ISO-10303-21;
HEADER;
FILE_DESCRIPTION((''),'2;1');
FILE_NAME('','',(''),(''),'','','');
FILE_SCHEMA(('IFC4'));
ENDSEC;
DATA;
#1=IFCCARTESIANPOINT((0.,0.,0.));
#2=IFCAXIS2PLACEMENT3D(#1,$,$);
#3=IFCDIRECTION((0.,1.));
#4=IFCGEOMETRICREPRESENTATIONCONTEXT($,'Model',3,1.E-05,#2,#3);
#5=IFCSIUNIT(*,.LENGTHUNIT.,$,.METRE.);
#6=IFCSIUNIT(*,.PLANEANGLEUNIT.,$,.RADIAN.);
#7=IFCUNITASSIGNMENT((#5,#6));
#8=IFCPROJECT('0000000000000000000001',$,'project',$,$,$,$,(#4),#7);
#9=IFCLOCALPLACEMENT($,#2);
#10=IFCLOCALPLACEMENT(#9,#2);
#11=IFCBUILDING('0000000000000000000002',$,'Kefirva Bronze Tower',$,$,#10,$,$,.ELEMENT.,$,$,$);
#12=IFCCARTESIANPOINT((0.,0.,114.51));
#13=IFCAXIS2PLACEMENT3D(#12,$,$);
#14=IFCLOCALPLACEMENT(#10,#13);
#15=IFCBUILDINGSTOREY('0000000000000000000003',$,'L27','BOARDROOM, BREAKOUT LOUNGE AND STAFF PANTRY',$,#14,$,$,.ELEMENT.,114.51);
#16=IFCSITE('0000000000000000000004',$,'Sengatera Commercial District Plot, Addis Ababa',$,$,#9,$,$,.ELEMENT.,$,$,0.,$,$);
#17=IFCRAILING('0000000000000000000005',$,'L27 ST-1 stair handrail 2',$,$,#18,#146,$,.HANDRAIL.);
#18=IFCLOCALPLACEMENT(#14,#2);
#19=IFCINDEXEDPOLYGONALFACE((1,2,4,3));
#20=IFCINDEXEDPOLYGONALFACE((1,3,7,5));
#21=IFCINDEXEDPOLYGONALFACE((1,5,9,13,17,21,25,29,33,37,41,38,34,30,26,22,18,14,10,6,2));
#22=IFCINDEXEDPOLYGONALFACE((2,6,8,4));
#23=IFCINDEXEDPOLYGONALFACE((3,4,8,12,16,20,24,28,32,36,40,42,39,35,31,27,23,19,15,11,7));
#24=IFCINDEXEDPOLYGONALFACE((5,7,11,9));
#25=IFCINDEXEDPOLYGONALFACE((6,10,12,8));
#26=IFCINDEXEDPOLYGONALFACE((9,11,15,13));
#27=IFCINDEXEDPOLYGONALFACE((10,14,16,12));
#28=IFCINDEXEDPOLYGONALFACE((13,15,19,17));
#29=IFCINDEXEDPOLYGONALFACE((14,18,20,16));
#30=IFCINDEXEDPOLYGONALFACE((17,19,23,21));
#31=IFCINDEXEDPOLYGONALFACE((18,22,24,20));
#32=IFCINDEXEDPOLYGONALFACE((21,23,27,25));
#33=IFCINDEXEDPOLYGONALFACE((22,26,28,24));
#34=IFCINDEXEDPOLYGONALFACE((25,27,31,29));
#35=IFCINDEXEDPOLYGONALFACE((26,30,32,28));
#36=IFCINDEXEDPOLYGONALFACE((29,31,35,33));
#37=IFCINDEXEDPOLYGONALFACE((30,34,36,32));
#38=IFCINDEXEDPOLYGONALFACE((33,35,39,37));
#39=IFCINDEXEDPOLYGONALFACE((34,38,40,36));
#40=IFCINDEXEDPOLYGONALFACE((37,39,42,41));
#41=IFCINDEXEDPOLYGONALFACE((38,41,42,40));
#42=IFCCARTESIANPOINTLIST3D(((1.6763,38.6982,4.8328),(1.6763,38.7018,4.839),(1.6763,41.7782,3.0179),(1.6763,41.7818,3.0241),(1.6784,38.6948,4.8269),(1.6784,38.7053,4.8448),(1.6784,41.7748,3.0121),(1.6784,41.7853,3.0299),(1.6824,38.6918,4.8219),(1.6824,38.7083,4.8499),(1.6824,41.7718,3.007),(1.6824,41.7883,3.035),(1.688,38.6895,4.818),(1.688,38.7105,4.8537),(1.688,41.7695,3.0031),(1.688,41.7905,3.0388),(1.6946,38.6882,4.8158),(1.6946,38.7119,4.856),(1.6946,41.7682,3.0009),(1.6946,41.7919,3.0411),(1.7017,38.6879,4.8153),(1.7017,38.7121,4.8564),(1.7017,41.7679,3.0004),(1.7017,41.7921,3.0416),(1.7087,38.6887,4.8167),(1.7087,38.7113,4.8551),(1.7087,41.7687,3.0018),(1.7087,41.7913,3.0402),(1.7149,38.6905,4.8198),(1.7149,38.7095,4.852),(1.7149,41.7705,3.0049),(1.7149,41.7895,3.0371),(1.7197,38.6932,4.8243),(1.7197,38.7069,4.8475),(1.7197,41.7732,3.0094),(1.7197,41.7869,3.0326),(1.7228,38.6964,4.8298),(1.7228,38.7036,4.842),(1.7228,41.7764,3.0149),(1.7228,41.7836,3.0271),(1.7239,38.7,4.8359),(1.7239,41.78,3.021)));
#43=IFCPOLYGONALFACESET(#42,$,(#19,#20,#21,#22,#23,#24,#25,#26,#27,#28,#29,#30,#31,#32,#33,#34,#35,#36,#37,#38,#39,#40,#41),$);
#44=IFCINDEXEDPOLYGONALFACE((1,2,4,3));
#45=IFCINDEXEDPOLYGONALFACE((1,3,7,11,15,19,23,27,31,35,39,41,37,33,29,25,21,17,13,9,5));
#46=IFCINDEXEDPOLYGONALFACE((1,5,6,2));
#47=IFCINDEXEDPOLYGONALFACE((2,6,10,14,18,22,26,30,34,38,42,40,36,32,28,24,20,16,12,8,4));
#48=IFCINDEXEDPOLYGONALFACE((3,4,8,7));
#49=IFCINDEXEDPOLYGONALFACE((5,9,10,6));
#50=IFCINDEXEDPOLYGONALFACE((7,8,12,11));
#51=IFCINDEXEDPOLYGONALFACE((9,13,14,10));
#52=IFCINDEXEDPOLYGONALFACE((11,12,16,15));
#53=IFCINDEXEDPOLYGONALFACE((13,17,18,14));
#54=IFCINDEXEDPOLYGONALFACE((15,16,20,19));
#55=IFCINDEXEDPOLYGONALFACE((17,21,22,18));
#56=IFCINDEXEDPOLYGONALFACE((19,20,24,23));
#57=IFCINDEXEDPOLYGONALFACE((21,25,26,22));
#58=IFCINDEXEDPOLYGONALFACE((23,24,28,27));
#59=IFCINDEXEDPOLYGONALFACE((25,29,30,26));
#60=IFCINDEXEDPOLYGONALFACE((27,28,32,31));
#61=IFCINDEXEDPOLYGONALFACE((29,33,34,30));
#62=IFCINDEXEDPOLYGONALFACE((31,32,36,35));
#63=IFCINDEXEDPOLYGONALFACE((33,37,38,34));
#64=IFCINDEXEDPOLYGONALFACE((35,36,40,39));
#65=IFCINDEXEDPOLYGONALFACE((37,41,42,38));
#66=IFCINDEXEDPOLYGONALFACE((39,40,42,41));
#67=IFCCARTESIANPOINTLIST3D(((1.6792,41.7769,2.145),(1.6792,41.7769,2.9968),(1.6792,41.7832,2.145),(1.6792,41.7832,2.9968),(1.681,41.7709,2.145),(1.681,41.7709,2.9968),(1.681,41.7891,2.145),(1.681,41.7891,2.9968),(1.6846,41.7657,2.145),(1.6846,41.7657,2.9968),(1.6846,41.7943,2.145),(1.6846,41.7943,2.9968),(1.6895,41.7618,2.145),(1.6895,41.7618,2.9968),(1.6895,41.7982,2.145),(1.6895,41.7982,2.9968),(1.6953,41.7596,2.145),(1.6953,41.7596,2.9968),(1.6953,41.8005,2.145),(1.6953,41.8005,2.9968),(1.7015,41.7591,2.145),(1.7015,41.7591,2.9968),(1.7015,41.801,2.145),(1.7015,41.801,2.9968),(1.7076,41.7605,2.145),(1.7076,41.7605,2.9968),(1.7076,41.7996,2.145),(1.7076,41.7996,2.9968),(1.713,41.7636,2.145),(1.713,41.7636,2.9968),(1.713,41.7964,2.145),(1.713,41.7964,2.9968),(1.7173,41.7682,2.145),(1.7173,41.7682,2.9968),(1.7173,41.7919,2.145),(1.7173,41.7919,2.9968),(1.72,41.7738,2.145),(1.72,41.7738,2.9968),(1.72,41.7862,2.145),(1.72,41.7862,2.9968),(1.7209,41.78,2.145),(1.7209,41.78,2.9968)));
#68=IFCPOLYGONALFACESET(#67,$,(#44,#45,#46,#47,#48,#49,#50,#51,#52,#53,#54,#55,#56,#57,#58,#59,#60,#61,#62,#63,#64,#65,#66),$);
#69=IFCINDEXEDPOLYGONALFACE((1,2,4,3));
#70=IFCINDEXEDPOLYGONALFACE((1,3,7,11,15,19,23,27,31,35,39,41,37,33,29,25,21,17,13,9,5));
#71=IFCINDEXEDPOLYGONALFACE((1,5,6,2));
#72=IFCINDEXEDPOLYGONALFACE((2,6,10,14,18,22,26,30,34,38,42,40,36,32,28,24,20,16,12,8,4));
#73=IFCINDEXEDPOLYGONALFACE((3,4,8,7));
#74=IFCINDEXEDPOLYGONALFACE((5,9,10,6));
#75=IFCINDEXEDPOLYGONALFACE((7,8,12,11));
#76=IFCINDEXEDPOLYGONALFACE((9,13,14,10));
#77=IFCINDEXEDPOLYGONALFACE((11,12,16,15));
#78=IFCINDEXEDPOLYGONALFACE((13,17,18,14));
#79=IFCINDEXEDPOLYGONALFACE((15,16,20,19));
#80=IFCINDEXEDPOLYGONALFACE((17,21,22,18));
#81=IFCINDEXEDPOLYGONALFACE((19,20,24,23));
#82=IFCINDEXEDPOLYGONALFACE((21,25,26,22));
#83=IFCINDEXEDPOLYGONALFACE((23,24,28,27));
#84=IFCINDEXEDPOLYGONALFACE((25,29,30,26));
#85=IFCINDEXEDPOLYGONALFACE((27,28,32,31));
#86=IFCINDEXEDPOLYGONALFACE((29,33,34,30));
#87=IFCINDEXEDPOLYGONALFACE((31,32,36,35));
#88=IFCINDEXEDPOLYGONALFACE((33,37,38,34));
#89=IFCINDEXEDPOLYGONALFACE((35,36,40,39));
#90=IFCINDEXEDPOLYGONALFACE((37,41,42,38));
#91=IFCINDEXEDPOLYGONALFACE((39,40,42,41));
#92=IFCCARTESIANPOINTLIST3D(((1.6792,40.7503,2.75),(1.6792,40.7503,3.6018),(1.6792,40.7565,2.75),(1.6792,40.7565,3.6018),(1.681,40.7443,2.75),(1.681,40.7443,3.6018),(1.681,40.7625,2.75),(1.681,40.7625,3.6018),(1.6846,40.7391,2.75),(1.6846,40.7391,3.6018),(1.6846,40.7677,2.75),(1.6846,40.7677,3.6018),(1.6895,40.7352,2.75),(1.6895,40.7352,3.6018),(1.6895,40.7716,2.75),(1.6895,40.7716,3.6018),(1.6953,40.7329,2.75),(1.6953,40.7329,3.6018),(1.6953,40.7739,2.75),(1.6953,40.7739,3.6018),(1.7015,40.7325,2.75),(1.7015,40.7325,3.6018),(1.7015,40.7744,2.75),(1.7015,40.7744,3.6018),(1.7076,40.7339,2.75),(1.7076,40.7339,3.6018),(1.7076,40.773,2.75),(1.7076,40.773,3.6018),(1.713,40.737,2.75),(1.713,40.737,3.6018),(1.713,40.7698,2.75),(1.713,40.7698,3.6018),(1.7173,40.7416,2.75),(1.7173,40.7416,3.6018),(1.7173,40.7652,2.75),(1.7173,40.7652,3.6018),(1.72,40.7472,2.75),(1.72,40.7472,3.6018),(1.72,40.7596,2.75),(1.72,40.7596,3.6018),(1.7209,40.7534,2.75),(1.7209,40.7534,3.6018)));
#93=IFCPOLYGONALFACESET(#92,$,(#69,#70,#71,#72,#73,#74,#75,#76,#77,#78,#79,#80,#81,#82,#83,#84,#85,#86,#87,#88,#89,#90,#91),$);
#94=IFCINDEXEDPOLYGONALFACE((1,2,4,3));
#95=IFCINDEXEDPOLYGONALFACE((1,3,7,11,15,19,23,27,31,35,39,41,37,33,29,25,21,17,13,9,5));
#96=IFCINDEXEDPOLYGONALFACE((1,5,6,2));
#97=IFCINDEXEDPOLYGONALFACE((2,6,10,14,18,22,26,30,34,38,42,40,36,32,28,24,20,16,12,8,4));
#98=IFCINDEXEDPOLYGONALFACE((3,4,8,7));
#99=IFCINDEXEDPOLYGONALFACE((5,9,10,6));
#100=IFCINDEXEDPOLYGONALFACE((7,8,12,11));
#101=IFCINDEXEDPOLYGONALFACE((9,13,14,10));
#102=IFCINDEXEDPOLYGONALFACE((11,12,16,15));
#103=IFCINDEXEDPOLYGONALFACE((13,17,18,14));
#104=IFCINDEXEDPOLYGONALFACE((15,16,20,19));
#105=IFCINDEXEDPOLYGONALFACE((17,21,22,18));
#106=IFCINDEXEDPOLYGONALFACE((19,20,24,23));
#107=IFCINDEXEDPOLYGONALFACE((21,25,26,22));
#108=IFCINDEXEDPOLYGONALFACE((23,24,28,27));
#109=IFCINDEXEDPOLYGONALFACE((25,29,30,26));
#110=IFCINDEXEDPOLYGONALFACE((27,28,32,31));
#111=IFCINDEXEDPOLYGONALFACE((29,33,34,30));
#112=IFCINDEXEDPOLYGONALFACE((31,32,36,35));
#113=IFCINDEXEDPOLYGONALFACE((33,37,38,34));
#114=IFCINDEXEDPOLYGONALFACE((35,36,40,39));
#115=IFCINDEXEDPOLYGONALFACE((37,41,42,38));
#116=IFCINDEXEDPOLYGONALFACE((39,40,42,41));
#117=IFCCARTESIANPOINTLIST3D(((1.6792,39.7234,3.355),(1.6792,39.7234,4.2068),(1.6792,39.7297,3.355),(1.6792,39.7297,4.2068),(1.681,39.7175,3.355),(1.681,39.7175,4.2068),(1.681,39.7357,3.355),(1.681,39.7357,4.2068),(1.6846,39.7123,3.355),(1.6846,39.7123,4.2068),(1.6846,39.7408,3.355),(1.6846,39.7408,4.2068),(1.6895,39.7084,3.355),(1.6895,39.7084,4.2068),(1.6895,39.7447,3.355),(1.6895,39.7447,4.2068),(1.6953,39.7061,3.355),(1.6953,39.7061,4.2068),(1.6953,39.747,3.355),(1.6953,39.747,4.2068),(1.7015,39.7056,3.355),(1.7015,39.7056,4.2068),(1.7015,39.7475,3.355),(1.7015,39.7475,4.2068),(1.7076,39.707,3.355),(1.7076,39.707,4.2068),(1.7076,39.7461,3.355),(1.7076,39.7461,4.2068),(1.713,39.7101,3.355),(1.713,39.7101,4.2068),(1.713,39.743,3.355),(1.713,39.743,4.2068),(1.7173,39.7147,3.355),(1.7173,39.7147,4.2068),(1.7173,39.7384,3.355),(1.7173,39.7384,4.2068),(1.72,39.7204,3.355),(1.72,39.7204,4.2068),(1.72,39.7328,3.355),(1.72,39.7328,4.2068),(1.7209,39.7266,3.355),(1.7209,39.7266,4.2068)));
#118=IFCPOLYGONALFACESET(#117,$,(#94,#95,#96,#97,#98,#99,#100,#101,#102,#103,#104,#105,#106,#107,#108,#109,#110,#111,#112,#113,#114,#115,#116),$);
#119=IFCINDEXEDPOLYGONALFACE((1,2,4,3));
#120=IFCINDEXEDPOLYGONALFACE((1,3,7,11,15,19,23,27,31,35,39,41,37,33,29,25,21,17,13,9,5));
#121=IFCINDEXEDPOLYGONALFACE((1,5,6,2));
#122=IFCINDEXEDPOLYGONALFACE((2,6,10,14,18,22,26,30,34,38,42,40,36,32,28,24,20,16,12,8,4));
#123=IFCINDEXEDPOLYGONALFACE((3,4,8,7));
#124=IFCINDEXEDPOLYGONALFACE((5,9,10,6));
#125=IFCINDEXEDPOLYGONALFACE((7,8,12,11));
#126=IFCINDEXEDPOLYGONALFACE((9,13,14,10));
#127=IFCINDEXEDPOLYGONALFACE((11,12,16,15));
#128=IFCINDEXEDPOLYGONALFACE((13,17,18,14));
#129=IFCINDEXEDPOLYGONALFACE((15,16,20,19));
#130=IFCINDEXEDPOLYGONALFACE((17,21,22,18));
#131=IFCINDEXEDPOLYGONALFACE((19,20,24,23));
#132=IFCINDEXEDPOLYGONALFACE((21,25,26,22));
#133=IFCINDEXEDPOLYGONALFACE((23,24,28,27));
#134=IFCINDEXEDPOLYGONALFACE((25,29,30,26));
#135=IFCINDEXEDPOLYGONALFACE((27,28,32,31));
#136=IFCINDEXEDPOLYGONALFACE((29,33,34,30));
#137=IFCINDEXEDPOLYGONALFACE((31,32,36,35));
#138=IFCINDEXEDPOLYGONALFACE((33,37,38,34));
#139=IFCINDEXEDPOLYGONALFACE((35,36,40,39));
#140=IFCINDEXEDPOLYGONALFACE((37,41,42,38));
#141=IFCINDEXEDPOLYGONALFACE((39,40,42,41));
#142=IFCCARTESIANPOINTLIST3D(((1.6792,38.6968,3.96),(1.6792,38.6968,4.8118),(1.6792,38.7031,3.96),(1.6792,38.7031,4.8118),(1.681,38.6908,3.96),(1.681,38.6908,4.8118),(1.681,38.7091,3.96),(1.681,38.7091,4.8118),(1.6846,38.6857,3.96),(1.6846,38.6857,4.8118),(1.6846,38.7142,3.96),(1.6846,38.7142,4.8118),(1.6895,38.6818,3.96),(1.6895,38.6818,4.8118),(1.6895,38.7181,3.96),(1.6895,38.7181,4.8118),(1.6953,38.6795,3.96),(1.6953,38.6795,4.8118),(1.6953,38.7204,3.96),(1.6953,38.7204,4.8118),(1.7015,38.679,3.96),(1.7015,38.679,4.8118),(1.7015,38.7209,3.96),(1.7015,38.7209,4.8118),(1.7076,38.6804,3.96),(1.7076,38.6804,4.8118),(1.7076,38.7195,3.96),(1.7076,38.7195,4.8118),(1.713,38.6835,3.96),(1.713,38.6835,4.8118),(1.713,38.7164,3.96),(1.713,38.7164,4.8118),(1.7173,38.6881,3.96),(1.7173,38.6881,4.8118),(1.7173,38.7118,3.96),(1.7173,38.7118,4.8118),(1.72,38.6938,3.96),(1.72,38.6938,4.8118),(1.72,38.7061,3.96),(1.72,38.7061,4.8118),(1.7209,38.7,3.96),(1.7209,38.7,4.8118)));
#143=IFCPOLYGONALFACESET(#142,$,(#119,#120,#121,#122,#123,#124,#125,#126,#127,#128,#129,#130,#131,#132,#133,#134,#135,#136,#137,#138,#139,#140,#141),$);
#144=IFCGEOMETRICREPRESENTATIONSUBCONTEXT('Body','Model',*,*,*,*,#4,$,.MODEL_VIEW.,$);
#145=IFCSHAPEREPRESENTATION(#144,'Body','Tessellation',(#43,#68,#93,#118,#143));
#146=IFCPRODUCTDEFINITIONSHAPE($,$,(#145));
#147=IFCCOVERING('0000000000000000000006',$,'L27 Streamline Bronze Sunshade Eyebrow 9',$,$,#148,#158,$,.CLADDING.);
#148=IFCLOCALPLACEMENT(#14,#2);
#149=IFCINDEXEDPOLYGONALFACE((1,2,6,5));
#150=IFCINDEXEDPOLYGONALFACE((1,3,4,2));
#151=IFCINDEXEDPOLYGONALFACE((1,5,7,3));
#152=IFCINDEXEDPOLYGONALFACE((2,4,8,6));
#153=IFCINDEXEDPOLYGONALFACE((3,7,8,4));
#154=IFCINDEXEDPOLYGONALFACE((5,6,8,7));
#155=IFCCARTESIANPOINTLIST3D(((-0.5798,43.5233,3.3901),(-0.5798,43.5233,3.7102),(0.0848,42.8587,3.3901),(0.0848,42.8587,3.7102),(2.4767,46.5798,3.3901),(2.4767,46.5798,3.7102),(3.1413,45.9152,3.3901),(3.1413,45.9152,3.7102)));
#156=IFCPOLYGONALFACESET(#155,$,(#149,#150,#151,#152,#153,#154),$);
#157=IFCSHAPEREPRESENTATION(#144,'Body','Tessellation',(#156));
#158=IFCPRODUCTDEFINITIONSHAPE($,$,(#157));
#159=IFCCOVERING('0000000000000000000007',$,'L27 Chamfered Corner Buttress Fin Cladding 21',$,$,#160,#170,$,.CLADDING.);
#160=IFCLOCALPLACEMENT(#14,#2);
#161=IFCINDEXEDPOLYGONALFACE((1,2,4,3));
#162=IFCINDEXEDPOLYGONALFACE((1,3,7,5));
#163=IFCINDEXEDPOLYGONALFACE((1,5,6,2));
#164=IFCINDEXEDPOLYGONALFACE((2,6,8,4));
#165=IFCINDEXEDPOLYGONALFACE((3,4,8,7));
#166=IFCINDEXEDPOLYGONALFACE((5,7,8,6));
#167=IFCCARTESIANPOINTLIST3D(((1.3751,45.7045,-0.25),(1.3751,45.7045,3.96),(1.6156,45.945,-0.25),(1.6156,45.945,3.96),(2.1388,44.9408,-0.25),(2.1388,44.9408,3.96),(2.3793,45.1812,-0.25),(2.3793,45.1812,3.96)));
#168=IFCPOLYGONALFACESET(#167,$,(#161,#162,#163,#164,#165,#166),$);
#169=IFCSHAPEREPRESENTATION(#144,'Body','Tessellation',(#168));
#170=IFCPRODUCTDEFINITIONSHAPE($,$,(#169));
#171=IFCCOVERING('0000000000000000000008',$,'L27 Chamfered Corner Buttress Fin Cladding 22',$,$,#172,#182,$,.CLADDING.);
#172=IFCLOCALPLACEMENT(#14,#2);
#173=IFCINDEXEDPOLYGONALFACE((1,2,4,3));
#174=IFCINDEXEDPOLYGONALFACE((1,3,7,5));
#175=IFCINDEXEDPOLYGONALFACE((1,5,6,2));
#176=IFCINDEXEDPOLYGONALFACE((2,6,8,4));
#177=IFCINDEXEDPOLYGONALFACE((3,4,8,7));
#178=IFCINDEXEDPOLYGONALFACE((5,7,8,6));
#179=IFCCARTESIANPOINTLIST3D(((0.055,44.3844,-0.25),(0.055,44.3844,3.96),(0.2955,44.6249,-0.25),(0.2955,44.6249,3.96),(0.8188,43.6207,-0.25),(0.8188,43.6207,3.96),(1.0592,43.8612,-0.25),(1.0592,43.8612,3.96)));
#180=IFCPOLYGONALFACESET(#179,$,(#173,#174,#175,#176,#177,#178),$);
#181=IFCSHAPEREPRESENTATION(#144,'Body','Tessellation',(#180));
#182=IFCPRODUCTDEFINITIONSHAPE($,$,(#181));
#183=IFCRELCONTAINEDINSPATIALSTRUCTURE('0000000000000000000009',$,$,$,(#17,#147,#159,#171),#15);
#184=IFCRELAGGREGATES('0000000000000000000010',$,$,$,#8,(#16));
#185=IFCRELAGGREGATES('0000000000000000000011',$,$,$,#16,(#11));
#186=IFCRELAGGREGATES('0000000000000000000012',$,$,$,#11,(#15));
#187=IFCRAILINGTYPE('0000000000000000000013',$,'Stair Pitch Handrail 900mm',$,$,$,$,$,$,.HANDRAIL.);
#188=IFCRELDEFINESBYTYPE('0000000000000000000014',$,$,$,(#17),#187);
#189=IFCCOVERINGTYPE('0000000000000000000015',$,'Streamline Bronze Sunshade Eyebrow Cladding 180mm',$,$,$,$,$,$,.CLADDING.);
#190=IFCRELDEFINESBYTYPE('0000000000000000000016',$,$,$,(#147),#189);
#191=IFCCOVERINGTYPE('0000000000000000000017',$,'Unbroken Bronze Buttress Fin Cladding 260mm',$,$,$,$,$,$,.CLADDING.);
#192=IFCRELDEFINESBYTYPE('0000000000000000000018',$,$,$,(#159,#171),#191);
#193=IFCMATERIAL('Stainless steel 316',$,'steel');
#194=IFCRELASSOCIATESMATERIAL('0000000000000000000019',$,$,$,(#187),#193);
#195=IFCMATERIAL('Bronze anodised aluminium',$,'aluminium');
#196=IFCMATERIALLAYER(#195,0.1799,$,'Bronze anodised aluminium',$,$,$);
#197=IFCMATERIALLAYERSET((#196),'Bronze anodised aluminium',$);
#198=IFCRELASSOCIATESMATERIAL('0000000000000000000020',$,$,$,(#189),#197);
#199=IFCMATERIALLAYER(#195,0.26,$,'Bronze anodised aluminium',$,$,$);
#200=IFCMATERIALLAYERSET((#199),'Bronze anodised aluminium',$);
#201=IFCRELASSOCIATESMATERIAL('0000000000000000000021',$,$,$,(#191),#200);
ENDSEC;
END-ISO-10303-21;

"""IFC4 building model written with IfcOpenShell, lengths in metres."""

from ifc_helpers import new_model, si_unit, direction, frame, origin, origin_2d, place, context, subcontext, project, spatial, rectangle, circle, extrude, material, layer, layer_set, type_object, element, save


model = new_model("IFC4")

# Units and contexts
model_context = context("Model", 3, precision=1e-05, world=origin(), true_north=direction((0.0, 1.0)))
body_context = subcontext(model_context, "Body", "Model", "MODEL_VIEW")
ifc_project = project(units=[si_unit("LENGTHUNIT", "METRE"), si_unit("PLANEANGLEUNIT", "RADIAN")], contexts=[model_context])

# Site, building, storey
site_placement = place(None, origin())
site = spatial("IfcSite", under=ifc_project, at=site_placement, Name="Sengatera Commercial District Plot, Addis Ababa", CompositionType="ELEMENT", RefElevation=0.0)
building_placement = place(site_placement, origin())
building = spatial("IfcBuilding", under=site, at=building_placement, Name="Kefirva Bronze Tower", CompositionType="ELEMENT")
storey_placement = place(building_placement, frame((0.0, 0.0, 114.51)))
storey = spatial("IfcBuildingStorey", under=building, at=storey_placement, Name="L27", Description="BOARDROOM, BREAKOUT LOUNGE AND STAFF PANTRY", CompositionType="ELEMENT", Elevation=114.51)

# Shared definitions
ifc_material_1 = material(Name="Stainless steel 316", Category="steel")

# Shared definitions
ifc_material_2 = material(Name="Bronze anodised aluminium", Category="aluminium")

# Railing
railing_type_1 = type_object("IfcRailingType", Name="Stair Pitch Handrail 900mm", PredefinedType="HANDRAIL", material=ifc_material_1)
railing_1_placement = place(storey_placement, frame((1.7, 41.78, 2.145)))
element("IfcRailing", 1, at=railing_1_placement, inside=storey, type_object=railing_type_1, Name="L27 ST-1 stair handrail 2", PredefinedType="HANDRAIL", context=body_context, shape_type="SweptSolid", body=[
    extrude(circle(Radius=0.0239, at=origin_2d()), frame((0.0, 0.0, 0.876), z_axis=(0.0, -0.861551, 0.507671), x_axis=(1.0, 0.0, 0.0)), (0.0, 0.0, 1.0), 3.575),
    extrude(circle(Radius=0.021, at=origin_2d()), origin(), (0.0, 0.0, 1.0), 0.8518),
    extrude(circle(Radius=0.021, at=origin_2d()), frame((0.0, -1.0266, 0.605)), (0.0, 0.0, 1.0), 0.8518),
    extrude(circle(Radius=0.021, at=origin_2d()), frame((0.0, -2.0535, 1.21)), (0.0, 0.0, 1.0), 0.8518),
    extrude(circle(Radius=0.021, at=origin_2d()), frame((0.0, -3.0801, 1.8149)), (0.0, 0.0, 1.0), 0.8518),
])

# Coverings
ifc_layer_1 = layer(ifc_material_2, 0.1799, Name="Bronze anodised aluminium")
ifc_layer_set_1 = layer_set([ifc_layer_1], Name="Bronze anodised aluminium")
covering_type_1 = type_object("IfcCoveringType", Name="Streamline Bronze Sunshade Eyebrow Cladding 180mm", PredefinedType="CLADDING", material=ifc_layer_set_1)
covering_1_placement = place(storey_placement, frame((1.2808, 44.7192, 3.3901), z_axis=(0.0, 0.0, 1.0), x_axis=(-0.707107, -0.707107, 0.0)))
element("IfcCovering", 2, at=covering_1_placement, inside=storey, type_object=covering_type_1, Name="L27 Streamline Bronze Sunshade Eyebrow 9", PredefinedType="CLADDING", context=body_context, shape_type="SweptSolid", body=[
    extrude(rectangle(XDim=4.3225, YDim=0.9399, at=origin_2d()), origin(), (0.0, 0.0, 1.0), 0.3201),
])
ifc_layer_2 = layer(ifc_material_2, 0.26, Name="Bronze anodised aluminium")
ifc_layer_set_2 = layer_set([ifc_layer_2], Name="Bronze anodised aluminium")
covering_type_2 = type_object("IfcCoveringType", Name="Unbroken Bronze Buttress Fin Cladding 260mm", PredefinedType="CLADDING", material=ifc_layer_set_2)
for number, where, z_axis, x_axis, name in (
    (3, (1.8772, 45.4429, -0.25), (0.0, 0.0, 1.0), (-0.707107, -0.707107, 0.0), "L27 Chamfered Corner Buttress Fin Cladding 21"),
    (4, (0.5571, 44.1228, -0.25), (0.0, 0.0, 1.0), (-0.707107, -0.707107, 0.0), "L27 Chamfered Corner Buttress Fin Cladding 22"),
):
    element("IfcCovering", number, at=place(storey_placement, frame(where, z_axis=z_axis, x_axis=x_axis)), inside=storey, type_object=covering_type_2, Name=name, PredefinedType="CLADDING", context=body_context, shape_type="SweptSolid", body=[
        extrude(rectangle(XDim=0.3401, YDim=1.0801, at=origin_2d()), origin(), (0.0, 0.0, 1.0), 4.21),
    ])

save(model, "model.ifc")
